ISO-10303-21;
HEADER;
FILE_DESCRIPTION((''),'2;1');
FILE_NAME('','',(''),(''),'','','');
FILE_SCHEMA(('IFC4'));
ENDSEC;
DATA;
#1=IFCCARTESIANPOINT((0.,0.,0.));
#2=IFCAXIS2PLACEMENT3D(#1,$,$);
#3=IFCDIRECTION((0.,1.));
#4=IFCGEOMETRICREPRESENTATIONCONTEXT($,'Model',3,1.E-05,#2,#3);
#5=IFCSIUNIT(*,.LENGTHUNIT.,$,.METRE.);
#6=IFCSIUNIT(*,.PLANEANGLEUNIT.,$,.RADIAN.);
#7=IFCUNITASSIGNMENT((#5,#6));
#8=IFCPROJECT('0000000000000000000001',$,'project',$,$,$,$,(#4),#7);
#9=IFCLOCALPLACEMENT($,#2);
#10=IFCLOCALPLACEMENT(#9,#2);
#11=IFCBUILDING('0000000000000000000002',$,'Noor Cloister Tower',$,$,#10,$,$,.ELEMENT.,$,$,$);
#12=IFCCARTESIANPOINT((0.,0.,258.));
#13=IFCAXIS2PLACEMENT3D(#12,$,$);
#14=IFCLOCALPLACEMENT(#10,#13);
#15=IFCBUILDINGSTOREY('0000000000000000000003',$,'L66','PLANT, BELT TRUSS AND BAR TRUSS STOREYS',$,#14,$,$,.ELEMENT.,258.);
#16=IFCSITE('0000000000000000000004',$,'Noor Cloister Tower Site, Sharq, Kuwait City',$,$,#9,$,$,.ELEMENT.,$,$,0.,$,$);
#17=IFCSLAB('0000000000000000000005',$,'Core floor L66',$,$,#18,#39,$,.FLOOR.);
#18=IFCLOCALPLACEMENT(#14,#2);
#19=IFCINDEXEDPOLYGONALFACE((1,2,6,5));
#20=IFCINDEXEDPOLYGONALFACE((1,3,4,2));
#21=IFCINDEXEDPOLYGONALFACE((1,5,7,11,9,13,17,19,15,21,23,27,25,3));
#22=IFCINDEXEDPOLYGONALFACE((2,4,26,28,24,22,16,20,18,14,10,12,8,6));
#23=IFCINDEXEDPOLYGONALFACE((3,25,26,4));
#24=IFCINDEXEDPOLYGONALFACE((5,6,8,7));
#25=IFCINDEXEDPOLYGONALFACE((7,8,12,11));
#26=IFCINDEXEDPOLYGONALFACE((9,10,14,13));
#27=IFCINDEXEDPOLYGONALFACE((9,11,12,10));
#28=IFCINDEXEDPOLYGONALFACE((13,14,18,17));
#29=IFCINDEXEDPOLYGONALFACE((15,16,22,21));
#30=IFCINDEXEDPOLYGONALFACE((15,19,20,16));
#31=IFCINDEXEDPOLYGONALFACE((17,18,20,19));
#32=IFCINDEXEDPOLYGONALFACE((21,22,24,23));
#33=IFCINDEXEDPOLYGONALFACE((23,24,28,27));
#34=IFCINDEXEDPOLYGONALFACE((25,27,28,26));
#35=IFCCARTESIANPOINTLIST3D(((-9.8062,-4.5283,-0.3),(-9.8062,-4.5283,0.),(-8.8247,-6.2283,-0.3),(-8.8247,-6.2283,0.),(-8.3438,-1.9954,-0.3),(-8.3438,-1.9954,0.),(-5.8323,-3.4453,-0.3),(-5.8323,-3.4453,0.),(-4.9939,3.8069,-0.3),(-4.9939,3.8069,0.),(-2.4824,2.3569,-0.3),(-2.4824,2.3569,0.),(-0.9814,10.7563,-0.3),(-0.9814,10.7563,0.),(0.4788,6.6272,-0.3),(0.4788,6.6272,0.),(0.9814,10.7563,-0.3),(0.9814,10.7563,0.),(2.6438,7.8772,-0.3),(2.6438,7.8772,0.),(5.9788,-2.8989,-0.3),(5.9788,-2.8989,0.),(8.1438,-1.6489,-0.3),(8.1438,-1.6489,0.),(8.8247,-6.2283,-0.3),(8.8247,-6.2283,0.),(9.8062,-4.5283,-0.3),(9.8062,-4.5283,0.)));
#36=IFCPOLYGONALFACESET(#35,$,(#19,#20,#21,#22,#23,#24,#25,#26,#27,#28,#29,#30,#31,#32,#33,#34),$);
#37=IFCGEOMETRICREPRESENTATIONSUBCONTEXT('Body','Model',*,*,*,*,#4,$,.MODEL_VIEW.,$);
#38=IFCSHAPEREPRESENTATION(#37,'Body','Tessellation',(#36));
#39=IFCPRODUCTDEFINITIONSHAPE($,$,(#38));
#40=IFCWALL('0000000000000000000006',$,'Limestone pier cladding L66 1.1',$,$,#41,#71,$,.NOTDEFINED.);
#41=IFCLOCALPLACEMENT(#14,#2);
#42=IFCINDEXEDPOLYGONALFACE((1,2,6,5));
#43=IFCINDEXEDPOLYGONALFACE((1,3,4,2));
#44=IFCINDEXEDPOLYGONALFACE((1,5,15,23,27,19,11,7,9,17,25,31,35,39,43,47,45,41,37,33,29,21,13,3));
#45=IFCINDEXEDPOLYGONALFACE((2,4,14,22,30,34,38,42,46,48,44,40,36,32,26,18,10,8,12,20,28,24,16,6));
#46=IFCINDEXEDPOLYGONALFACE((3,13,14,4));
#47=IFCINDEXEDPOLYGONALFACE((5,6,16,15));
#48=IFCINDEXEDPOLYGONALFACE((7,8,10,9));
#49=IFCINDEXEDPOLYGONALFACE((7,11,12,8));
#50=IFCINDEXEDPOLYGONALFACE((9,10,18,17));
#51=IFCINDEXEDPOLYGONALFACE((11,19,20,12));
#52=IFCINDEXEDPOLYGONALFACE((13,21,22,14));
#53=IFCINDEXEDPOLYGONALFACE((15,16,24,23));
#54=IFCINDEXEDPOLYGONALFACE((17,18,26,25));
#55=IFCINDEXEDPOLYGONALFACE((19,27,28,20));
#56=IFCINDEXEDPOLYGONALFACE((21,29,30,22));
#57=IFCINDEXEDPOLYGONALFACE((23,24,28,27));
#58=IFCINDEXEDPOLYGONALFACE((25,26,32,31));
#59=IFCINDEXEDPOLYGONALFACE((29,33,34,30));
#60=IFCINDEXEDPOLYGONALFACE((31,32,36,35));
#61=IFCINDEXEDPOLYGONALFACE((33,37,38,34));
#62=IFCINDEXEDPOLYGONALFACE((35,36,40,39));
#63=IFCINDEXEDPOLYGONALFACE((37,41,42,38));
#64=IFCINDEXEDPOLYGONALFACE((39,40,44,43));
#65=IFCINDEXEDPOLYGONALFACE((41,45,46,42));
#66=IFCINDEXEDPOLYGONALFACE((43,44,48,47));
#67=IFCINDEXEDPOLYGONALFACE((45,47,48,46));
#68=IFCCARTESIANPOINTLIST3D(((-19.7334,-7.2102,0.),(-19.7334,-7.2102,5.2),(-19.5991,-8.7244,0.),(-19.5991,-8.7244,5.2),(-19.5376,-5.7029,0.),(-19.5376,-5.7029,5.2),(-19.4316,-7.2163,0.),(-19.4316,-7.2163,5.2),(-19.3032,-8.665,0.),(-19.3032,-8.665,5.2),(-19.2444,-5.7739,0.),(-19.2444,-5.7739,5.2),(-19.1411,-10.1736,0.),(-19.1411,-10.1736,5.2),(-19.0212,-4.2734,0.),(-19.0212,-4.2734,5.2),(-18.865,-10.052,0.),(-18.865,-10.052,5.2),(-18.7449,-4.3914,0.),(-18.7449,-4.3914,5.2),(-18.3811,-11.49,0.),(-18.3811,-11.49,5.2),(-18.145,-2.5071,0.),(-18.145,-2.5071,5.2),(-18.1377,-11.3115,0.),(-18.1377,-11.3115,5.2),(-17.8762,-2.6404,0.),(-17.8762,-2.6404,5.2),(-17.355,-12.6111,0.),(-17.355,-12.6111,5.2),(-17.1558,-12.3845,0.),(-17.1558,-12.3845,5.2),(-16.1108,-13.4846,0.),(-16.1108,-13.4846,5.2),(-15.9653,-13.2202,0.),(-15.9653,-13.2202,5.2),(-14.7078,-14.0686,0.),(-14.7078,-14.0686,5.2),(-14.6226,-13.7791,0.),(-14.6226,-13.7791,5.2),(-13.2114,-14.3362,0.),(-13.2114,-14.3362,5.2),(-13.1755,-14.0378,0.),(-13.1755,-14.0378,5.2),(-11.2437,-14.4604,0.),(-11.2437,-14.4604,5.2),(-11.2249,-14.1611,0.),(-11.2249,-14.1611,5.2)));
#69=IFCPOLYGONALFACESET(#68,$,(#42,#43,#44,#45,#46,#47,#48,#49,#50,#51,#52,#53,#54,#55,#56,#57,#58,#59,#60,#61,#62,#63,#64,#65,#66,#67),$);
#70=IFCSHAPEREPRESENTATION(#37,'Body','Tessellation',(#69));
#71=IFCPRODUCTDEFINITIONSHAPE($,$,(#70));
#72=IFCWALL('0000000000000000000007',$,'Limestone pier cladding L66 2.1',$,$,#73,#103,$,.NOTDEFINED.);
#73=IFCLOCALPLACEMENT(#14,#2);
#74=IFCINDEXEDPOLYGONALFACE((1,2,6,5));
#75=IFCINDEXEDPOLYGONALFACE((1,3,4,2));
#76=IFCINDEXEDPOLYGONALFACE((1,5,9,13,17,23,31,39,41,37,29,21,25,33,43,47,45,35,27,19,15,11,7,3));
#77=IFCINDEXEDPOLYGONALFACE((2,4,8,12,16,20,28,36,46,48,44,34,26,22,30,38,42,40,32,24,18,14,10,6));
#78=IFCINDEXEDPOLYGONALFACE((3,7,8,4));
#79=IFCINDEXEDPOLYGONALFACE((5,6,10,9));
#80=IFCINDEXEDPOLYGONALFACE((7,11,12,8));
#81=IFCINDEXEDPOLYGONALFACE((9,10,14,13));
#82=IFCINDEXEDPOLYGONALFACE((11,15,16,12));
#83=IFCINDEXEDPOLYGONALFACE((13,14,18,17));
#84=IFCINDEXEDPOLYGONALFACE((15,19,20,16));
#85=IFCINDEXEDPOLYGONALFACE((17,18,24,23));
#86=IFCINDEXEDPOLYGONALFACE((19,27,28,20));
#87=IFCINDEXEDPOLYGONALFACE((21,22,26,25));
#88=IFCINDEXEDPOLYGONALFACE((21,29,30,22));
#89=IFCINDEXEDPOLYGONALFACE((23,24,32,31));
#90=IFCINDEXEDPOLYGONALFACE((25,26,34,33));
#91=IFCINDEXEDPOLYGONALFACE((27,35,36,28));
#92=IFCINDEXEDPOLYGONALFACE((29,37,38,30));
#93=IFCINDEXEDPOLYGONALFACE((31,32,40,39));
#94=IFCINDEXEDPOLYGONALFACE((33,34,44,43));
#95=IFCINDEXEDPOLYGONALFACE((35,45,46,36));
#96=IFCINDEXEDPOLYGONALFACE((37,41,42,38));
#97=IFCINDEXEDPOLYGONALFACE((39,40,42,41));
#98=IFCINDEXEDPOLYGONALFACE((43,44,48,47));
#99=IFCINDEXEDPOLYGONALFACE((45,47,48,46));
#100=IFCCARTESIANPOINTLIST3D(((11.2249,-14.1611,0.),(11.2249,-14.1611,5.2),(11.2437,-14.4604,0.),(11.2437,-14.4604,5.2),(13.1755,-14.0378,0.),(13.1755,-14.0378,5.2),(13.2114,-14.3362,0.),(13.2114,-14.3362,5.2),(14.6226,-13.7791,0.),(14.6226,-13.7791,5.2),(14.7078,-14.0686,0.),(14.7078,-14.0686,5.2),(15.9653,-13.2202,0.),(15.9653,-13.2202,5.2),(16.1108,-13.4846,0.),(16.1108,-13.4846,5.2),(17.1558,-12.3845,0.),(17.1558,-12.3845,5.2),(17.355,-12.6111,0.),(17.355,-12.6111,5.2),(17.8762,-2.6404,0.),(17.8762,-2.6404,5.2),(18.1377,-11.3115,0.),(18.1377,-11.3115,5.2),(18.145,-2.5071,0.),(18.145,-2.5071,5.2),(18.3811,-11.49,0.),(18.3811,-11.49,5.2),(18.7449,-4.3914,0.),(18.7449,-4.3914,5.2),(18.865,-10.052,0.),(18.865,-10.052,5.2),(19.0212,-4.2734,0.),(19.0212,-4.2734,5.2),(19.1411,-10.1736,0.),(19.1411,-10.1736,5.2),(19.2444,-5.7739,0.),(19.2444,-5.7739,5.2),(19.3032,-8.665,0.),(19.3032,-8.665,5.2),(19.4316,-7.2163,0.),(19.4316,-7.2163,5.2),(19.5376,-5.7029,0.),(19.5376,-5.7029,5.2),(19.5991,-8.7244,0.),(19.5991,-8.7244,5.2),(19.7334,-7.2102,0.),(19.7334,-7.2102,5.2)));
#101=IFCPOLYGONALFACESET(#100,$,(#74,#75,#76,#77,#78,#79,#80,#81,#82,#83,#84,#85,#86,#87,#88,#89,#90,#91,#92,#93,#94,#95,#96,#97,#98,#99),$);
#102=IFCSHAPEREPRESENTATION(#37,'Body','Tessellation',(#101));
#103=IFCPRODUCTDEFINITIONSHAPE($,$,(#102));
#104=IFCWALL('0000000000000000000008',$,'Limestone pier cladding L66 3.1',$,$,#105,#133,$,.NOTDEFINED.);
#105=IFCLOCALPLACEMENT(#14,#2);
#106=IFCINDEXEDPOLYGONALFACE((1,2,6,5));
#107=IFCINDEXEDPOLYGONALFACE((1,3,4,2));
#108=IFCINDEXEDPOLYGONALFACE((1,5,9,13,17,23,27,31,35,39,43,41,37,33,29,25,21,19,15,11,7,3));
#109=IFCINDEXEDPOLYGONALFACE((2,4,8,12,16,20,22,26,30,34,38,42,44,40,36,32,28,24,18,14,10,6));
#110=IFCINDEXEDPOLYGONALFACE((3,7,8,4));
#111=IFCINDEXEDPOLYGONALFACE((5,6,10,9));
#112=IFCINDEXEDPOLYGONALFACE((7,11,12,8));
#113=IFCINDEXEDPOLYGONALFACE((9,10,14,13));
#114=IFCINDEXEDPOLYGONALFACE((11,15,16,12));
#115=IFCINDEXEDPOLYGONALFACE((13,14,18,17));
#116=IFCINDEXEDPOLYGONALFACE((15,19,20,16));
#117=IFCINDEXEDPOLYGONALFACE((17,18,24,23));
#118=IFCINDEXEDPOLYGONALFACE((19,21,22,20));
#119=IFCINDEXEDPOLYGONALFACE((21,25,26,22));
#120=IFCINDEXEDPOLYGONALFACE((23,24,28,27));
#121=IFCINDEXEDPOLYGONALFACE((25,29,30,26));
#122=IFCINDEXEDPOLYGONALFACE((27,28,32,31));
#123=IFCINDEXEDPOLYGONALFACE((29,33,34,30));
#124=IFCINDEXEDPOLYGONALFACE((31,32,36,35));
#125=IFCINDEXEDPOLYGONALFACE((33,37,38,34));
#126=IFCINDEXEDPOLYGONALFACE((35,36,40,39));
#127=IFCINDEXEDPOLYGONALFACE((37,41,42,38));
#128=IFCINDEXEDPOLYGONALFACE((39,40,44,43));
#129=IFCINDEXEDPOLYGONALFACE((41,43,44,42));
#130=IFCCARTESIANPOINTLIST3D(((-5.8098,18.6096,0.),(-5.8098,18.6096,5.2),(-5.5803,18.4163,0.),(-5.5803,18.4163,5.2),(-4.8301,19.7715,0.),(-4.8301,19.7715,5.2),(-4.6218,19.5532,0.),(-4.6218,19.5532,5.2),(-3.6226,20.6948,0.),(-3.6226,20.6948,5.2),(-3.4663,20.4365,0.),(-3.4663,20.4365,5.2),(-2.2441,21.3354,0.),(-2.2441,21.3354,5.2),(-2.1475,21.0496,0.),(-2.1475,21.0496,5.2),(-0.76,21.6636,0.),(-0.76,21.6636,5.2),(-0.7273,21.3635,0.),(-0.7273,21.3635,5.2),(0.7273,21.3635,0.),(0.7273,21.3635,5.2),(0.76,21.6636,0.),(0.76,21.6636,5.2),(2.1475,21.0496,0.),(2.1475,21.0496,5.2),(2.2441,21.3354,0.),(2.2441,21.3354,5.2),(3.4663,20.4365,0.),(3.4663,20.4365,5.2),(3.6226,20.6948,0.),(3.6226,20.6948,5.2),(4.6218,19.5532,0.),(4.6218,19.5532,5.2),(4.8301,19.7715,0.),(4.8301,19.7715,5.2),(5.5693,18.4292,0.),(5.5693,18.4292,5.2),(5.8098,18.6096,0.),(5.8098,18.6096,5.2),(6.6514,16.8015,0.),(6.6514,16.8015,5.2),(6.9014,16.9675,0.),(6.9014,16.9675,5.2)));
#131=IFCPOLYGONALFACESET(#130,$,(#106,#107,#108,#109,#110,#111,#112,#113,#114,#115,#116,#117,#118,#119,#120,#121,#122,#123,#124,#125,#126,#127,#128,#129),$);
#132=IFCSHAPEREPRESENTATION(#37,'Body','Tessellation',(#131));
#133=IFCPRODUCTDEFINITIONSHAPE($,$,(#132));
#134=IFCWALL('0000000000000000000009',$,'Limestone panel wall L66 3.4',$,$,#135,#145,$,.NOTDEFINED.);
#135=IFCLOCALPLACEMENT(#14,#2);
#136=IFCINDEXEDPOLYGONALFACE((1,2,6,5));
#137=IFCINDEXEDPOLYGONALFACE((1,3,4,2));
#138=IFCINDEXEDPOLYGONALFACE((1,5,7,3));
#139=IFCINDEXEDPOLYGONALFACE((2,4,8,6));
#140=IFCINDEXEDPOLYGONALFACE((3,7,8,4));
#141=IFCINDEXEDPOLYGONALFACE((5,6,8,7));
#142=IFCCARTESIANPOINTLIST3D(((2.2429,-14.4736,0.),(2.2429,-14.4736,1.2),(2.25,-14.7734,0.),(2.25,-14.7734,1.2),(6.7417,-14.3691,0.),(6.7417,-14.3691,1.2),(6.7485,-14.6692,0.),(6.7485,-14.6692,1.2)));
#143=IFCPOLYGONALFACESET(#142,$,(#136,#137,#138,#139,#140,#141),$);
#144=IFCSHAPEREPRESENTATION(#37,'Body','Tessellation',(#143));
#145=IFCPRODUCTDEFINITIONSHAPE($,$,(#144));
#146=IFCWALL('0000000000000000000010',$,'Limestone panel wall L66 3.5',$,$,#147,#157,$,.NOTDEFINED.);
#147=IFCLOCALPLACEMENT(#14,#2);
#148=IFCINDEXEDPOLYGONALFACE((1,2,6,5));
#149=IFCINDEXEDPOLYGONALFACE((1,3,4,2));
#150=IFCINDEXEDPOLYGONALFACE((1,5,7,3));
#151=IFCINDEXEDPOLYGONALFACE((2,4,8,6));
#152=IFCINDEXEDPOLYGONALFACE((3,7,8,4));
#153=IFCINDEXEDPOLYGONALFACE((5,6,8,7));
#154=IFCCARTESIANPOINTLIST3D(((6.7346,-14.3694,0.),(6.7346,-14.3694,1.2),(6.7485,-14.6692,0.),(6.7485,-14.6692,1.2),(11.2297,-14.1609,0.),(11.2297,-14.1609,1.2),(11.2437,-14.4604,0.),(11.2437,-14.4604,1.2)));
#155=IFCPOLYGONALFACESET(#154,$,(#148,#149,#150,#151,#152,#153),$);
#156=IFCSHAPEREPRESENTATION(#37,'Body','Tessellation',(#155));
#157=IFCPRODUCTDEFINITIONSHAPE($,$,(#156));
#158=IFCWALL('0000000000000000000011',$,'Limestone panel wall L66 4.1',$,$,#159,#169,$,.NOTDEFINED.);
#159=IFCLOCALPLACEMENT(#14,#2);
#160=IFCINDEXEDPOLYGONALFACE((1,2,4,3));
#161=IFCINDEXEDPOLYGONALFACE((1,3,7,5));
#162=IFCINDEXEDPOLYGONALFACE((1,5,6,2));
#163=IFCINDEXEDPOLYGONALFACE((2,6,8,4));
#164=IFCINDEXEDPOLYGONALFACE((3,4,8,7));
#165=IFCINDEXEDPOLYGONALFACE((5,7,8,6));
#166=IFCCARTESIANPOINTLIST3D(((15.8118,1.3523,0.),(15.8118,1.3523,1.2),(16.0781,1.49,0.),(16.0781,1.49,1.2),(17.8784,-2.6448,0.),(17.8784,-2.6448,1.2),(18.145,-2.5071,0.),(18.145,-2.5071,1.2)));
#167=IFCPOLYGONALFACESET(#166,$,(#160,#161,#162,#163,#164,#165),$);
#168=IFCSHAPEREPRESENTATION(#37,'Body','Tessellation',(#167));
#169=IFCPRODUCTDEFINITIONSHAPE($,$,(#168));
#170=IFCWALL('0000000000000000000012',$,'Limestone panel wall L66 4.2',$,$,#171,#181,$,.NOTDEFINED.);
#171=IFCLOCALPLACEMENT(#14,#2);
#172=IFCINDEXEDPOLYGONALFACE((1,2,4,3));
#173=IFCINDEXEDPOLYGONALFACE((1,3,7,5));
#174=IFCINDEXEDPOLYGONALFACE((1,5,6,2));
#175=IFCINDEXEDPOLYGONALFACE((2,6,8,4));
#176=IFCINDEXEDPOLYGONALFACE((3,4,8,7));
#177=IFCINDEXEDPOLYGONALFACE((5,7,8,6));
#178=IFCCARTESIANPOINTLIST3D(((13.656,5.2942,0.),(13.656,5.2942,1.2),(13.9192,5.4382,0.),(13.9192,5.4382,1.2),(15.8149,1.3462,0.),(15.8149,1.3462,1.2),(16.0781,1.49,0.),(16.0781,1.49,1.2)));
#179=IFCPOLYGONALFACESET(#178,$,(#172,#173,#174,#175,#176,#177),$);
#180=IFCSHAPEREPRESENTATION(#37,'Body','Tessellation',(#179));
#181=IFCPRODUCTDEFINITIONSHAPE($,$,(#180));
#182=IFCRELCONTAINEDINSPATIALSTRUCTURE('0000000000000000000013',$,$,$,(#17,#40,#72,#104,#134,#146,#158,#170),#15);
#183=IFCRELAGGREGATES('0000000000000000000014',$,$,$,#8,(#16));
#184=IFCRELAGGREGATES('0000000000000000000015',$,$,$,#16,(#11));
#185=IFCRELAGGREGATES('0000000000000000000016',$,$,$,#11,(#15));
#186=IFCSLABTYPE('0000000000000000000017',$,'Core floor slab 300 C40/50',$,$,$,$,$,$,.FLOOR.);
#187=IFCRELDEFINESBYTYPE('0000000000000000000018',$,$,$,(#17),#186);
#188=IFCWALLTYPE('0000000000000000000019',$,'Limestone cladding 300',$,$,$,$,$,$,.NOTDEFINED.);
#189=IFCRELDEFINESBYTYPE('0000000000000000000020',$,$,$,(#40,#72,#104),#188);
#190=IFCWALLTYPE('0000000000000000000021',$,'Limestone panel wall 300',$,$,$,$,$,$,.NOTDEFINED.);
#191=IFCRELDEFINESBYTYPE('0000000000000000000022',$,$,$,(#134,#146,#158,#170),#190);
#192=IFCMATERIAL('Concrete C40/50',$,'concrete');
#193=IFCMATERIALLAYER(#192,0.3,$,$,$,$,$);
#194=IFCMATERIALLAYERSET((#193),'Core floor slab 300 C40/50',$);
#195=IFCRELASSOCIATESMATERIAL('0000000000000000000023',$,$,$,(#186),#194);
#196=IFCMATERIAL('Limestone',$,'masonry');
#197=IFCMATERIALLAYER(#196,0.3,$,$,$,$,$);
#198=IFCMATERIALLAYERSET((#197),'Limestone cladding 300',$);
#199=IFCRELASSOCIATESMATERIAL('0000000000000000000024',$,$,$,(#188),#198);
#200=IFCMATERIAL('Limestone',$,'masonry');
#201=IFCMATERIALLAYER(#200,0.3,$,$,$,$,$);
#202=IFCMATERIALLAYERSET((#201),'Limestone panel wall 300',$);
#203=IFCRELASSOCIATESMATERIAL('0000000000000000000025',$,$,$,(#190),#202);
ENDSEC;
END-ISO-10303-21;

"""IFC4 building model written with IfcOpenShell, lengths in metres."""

from ifc_helpers import new_model, si_unit, direction, frame, origin, place, context, subcontext, project, spatial, polyline, outline, extrude, material, layer, layer_set, type_object, element, save


model = new_model("IFC4")

# Units and contexts
model_context = context("Model", 3, precision=1e-05, world=origin(), true_north=direction((0.0, 1.0)))
body_context = subcontext(model_context, "Body", "Model", "MODEL_VIEW")
ifc_project = project(units=[si_unit("LENGTHUNIT", "METRE"), si_unit("PLANEANGLEUNIT", "RADIAN")], contexts=[model_context])

# Site, building, storey
site_placement = place(None, origin())
site = spatial("IfcSite", under=ifc_project, at=site_placement, Name="Noor Cloister Tower Site, Sharq, Kuwait City", CompositionType="ELEMENT", RefElevation=0.0)
building_placement = place(site_placement, origin())
building = spatial("IfcBuilding", under=site, at=building_placement, Name="Noor Cloister Tower", CompositionType="ELEMENT")
storey_placement = place(building_placement, frame((0.0, 0.0, 258.0)))
storey = spatial("IfcBuildingStorey", under=building, at=storey_placement, Name="L66", Description="PLANT, BELT TRUSS AND BAR TRUSS STOREYS", CompositionType="ELEMENT", Elevation=258.0)

# Slab
ifc_material_1 = material(Name="Concrete C40/50", Category="concrete")
ifc_layer_1 = layer(ifc_material_1, 0.3)
ifc_layer_set_1 = layer_set([ifc_layer_1], Name="Core floor slab 300 C40/50")
slab_type = type_object("IfcSlabType", Name="Core floor slab 300 C40/50", PredefinedType="FLOOR", material=ifc_layer_set_1)
slab_placement = place(storey_placement, frame((0.0, 0.0, -0.3)))
element("IfcSlab", 1, at=slab_placement, inside=storey, type_object=slab_type, Name="Core floor L66", PredefinedType="FLOOR", context=body_context, shape_type="SweptSolid", body=[
    extrude(outline(polyline([(2.6438, 7.8772), (0.9814, 10.7563), (-0.9814, 10.7563), (-4.9939, 3.8069), (-2.4824, 2.3569), (-5.8323, -3.4453), (-8.3438, -1.9954), (-9.8062, -4.5283), (-8.8247, -6.2283), (8.8247, -6.2283), (9.8062, -4.5283), (8.1438, -1.6489), (5.9788, -2.8989), (0.4788, 6.6272), (2.6438, 7.8772)])), origin(), (0.0, 0.0, 1.0), 0.3),
])

# Walls
ifc_material_2 = material(Name="Limestone", Category="masonry")
ifc_layer_2 = layer(ifc_material_2, 0.3)
ifc_layer_set_2 = layer_set([ifc_layer_2], Name="Limestone cladding 300")
wall_type_1 = type_object("IfcWallType", Name="Limestone cladding 300", PredefinedType="NOTDEFINED", material=ifc_layer_set_2)
wall_1_placement = place(storey_placement, origin())
element("IfcWall", 2, at=wall_1_placement, inside=storey, type_object=wall_type_1, Name="Limestone pier cladding L66 1.1", PredefinedType="NOTDEFINED", context=body_context, shape_type="SweptSolid", body=[
    extrude(outline(polyline([(-18.145, -2.5071), (-19.0212, -4.2734), (-19.5376, -5.7029), (-19.7334, -7.2102), (-19.5991, -8.7244), (-19.1411, -10.1736), (-18.3811, -11.49), (-17.355, -12.6111), (-16.1108, -13.4846), (-14.7078, -14.0686), (-13.2114, -14.3362), (-11.2437, -14.4604), (-11.2249, -14.1611), (-13.1755, -14.0378), (-14.6226, -13.7791), (-15.9653, -13.2202), (-17.1558, -12.3845), (-18.1377, -11.3115), (-18.865, -10.052), (-19.3032, -8.665), (-19.4316, -7.2163), (-19.2444, -5.7739), (-18.7449, -4.3914), (-17.8762, -2.6404), (-18.145, -2.5071)])), origin(), (0.0, 0.0, 1.0), 5.2),
])
wall_2_placement = place(storey_placement, origin())
element("IfcWall", 3, at=wall_2_placement, inside=storey, type_object=wall_type_1, Name="Limestone pier cladding L66 2.1", PredefinedType="NOTDEFINED", context=body_context, shape_type="SweptSolid", body=[
    extrude(outline(polyline([(11.2437, -14.4604), (13.2114, -14.3362), (14.7078, -14.0686), (16.1108, -13.4846), (17.355, -12.6111), (18.3811, -11.49), (19.1411, -10.1736), (19.5991, -8.7244), (19.7334, -7.2102), (19.5376, -5.7029), (19.0212, -4.2734), (18.145, -2.5071), (17.8762, -2.6404), (18.7449, -4.3914), (19.2444, -5.7739), (19.4316, -7.2163), (19.3032, -8.665), (18.865, -10.052), (18.1377, -11.3115), (17.1558, -12.3845), (15.9653, -13.2202), (14.6226, -13.7791), (13.1755, -14.0378), (11.2249, -14.1611), (11.2437, -14.4604)])), origin(), (0.0, 0.0, 1.0), 5.2),
])
wall_3_placement = place(storey_placement, origin())
element("IfcWall", 4, at=wall_3_placement, inside=storey, type_object=wall_type_1, Name="Limestone pier cladding L66 3.1", PredefinedType="NOTDEFINED", context=body_context, shape_type="SweptSolid", body=[
    extrude(outline(polyline([(6.9014, 16.9675), (5.8098, 18.6096), (4.8301, 19.7715), (3.6226, 20.6948), (2.2441, 21.3354), (0.76, 21.6636), (-0.76, 21.6636), (-2.2441, 21.3354), (-3.6226, 20.6948), (-4.8301, 19.7715), (-5.8098, 18.6096), (-5.5803, 18.4163), (-4.6218, 19.5532), (-3.4663, 20.4365), (-2.1475, 21.0496), (-0.7273, 21.3635), (0.7273, 21.3635), (2.1475, 21.0496), (3.4663, 20.4365), (4.6218, 19.5532), (5.5693, 18.4292), (6.6514, 16.8015), (6.9014, 16.9675)])), origin(), (0.0, 0.0, 1.0), 5.2),
])
ifc_material_3 = material(Name="Limestone", Category="masonry")
ifc_layer_3 = layer(ifc_material_3, 0.3)
ifc_layer_set_3 = layer_set([ifc_layer_3], Name="Limestone panel wall 300")
wall_type_2 = type_object("IfcWallType", Name="Limestone panel wall 300", PredefinedType="NOTDEFINED", material=ifc_layer_set_3)
wall_4_placement = place(storey_placement, origin())
element("IfcWall", 5, at=wall_4_placement, inside=storey, type_object=wall_type_2, Name="Limestone panel wall L66 3.4", PredefinedType="NOTDEFINED", context=body_context, shape_type="SweptSolid", body=[
    extrude(outline(polyline([(2.25, -14.7734), (6.7485, -14.6692), (6.7417, -14.3691), (2.2429, -14.4736), (2.25, -14.7734)])), origin(), (0.0, 0.0, 1.0), 1.2),
])
wall_5_placement = place(storey_placement, origin())
element("IfcWall", 6, at=wall_5_placement, inside=storey, type_object=wall_type_2, Name="Limestone panel wall L66 3.5", PredefinedType="NOTDEFINED", context=body_context, shape_type="SweptSolid", body=[
    extrude(outline(polyline([(6.7485, -14.6692), (11.2437, -14.4604), (11.2297, -14.1609), (6.7346, -14.3694), (6.7485, -14.6692)])), origin(), (0.0, 0.0, 1.0), 1.2),
])
wall_6_placement = place(storey_placement, origin())
element("IfcWall", 7, at=wall_6_placement, inside=storey, type_object=wall_type_2, Name="Limestone panel wall L66 4.1", PredefinedType="NOTDEFINED", context=body_context, shape_type="SweptSolid", body=[
    extrude(outline(polyline([(18.145, -2.5071), (16.0781, 1.49), (15.8118, 1.3523), (17.8784, -2.6448), (18.145, -2.5071)])), origin(), (0.0, 0.0, 1.0), 1.2),
])
wall_7_placement = place(storey_placement, origin())
element("IfcWall", 8, at=wall_7_placement, inside=storey, type_object=wall_type_2, Name="Limestone panel wall L66 4.2", PredefinedType="NOTDEFINED", context=body_context, shape_type="SweptSolid", body=[
    extrude(outline(polyline([(16.0781, 1.49), (13.9192, 5.4382), (13.656, 5.2942), (15.8149, 1.3462), (16.0781, 1.49)])), origin(), (0.0, 0.0, 1.0), 1.2),
])

save(model, "model.ifc")
